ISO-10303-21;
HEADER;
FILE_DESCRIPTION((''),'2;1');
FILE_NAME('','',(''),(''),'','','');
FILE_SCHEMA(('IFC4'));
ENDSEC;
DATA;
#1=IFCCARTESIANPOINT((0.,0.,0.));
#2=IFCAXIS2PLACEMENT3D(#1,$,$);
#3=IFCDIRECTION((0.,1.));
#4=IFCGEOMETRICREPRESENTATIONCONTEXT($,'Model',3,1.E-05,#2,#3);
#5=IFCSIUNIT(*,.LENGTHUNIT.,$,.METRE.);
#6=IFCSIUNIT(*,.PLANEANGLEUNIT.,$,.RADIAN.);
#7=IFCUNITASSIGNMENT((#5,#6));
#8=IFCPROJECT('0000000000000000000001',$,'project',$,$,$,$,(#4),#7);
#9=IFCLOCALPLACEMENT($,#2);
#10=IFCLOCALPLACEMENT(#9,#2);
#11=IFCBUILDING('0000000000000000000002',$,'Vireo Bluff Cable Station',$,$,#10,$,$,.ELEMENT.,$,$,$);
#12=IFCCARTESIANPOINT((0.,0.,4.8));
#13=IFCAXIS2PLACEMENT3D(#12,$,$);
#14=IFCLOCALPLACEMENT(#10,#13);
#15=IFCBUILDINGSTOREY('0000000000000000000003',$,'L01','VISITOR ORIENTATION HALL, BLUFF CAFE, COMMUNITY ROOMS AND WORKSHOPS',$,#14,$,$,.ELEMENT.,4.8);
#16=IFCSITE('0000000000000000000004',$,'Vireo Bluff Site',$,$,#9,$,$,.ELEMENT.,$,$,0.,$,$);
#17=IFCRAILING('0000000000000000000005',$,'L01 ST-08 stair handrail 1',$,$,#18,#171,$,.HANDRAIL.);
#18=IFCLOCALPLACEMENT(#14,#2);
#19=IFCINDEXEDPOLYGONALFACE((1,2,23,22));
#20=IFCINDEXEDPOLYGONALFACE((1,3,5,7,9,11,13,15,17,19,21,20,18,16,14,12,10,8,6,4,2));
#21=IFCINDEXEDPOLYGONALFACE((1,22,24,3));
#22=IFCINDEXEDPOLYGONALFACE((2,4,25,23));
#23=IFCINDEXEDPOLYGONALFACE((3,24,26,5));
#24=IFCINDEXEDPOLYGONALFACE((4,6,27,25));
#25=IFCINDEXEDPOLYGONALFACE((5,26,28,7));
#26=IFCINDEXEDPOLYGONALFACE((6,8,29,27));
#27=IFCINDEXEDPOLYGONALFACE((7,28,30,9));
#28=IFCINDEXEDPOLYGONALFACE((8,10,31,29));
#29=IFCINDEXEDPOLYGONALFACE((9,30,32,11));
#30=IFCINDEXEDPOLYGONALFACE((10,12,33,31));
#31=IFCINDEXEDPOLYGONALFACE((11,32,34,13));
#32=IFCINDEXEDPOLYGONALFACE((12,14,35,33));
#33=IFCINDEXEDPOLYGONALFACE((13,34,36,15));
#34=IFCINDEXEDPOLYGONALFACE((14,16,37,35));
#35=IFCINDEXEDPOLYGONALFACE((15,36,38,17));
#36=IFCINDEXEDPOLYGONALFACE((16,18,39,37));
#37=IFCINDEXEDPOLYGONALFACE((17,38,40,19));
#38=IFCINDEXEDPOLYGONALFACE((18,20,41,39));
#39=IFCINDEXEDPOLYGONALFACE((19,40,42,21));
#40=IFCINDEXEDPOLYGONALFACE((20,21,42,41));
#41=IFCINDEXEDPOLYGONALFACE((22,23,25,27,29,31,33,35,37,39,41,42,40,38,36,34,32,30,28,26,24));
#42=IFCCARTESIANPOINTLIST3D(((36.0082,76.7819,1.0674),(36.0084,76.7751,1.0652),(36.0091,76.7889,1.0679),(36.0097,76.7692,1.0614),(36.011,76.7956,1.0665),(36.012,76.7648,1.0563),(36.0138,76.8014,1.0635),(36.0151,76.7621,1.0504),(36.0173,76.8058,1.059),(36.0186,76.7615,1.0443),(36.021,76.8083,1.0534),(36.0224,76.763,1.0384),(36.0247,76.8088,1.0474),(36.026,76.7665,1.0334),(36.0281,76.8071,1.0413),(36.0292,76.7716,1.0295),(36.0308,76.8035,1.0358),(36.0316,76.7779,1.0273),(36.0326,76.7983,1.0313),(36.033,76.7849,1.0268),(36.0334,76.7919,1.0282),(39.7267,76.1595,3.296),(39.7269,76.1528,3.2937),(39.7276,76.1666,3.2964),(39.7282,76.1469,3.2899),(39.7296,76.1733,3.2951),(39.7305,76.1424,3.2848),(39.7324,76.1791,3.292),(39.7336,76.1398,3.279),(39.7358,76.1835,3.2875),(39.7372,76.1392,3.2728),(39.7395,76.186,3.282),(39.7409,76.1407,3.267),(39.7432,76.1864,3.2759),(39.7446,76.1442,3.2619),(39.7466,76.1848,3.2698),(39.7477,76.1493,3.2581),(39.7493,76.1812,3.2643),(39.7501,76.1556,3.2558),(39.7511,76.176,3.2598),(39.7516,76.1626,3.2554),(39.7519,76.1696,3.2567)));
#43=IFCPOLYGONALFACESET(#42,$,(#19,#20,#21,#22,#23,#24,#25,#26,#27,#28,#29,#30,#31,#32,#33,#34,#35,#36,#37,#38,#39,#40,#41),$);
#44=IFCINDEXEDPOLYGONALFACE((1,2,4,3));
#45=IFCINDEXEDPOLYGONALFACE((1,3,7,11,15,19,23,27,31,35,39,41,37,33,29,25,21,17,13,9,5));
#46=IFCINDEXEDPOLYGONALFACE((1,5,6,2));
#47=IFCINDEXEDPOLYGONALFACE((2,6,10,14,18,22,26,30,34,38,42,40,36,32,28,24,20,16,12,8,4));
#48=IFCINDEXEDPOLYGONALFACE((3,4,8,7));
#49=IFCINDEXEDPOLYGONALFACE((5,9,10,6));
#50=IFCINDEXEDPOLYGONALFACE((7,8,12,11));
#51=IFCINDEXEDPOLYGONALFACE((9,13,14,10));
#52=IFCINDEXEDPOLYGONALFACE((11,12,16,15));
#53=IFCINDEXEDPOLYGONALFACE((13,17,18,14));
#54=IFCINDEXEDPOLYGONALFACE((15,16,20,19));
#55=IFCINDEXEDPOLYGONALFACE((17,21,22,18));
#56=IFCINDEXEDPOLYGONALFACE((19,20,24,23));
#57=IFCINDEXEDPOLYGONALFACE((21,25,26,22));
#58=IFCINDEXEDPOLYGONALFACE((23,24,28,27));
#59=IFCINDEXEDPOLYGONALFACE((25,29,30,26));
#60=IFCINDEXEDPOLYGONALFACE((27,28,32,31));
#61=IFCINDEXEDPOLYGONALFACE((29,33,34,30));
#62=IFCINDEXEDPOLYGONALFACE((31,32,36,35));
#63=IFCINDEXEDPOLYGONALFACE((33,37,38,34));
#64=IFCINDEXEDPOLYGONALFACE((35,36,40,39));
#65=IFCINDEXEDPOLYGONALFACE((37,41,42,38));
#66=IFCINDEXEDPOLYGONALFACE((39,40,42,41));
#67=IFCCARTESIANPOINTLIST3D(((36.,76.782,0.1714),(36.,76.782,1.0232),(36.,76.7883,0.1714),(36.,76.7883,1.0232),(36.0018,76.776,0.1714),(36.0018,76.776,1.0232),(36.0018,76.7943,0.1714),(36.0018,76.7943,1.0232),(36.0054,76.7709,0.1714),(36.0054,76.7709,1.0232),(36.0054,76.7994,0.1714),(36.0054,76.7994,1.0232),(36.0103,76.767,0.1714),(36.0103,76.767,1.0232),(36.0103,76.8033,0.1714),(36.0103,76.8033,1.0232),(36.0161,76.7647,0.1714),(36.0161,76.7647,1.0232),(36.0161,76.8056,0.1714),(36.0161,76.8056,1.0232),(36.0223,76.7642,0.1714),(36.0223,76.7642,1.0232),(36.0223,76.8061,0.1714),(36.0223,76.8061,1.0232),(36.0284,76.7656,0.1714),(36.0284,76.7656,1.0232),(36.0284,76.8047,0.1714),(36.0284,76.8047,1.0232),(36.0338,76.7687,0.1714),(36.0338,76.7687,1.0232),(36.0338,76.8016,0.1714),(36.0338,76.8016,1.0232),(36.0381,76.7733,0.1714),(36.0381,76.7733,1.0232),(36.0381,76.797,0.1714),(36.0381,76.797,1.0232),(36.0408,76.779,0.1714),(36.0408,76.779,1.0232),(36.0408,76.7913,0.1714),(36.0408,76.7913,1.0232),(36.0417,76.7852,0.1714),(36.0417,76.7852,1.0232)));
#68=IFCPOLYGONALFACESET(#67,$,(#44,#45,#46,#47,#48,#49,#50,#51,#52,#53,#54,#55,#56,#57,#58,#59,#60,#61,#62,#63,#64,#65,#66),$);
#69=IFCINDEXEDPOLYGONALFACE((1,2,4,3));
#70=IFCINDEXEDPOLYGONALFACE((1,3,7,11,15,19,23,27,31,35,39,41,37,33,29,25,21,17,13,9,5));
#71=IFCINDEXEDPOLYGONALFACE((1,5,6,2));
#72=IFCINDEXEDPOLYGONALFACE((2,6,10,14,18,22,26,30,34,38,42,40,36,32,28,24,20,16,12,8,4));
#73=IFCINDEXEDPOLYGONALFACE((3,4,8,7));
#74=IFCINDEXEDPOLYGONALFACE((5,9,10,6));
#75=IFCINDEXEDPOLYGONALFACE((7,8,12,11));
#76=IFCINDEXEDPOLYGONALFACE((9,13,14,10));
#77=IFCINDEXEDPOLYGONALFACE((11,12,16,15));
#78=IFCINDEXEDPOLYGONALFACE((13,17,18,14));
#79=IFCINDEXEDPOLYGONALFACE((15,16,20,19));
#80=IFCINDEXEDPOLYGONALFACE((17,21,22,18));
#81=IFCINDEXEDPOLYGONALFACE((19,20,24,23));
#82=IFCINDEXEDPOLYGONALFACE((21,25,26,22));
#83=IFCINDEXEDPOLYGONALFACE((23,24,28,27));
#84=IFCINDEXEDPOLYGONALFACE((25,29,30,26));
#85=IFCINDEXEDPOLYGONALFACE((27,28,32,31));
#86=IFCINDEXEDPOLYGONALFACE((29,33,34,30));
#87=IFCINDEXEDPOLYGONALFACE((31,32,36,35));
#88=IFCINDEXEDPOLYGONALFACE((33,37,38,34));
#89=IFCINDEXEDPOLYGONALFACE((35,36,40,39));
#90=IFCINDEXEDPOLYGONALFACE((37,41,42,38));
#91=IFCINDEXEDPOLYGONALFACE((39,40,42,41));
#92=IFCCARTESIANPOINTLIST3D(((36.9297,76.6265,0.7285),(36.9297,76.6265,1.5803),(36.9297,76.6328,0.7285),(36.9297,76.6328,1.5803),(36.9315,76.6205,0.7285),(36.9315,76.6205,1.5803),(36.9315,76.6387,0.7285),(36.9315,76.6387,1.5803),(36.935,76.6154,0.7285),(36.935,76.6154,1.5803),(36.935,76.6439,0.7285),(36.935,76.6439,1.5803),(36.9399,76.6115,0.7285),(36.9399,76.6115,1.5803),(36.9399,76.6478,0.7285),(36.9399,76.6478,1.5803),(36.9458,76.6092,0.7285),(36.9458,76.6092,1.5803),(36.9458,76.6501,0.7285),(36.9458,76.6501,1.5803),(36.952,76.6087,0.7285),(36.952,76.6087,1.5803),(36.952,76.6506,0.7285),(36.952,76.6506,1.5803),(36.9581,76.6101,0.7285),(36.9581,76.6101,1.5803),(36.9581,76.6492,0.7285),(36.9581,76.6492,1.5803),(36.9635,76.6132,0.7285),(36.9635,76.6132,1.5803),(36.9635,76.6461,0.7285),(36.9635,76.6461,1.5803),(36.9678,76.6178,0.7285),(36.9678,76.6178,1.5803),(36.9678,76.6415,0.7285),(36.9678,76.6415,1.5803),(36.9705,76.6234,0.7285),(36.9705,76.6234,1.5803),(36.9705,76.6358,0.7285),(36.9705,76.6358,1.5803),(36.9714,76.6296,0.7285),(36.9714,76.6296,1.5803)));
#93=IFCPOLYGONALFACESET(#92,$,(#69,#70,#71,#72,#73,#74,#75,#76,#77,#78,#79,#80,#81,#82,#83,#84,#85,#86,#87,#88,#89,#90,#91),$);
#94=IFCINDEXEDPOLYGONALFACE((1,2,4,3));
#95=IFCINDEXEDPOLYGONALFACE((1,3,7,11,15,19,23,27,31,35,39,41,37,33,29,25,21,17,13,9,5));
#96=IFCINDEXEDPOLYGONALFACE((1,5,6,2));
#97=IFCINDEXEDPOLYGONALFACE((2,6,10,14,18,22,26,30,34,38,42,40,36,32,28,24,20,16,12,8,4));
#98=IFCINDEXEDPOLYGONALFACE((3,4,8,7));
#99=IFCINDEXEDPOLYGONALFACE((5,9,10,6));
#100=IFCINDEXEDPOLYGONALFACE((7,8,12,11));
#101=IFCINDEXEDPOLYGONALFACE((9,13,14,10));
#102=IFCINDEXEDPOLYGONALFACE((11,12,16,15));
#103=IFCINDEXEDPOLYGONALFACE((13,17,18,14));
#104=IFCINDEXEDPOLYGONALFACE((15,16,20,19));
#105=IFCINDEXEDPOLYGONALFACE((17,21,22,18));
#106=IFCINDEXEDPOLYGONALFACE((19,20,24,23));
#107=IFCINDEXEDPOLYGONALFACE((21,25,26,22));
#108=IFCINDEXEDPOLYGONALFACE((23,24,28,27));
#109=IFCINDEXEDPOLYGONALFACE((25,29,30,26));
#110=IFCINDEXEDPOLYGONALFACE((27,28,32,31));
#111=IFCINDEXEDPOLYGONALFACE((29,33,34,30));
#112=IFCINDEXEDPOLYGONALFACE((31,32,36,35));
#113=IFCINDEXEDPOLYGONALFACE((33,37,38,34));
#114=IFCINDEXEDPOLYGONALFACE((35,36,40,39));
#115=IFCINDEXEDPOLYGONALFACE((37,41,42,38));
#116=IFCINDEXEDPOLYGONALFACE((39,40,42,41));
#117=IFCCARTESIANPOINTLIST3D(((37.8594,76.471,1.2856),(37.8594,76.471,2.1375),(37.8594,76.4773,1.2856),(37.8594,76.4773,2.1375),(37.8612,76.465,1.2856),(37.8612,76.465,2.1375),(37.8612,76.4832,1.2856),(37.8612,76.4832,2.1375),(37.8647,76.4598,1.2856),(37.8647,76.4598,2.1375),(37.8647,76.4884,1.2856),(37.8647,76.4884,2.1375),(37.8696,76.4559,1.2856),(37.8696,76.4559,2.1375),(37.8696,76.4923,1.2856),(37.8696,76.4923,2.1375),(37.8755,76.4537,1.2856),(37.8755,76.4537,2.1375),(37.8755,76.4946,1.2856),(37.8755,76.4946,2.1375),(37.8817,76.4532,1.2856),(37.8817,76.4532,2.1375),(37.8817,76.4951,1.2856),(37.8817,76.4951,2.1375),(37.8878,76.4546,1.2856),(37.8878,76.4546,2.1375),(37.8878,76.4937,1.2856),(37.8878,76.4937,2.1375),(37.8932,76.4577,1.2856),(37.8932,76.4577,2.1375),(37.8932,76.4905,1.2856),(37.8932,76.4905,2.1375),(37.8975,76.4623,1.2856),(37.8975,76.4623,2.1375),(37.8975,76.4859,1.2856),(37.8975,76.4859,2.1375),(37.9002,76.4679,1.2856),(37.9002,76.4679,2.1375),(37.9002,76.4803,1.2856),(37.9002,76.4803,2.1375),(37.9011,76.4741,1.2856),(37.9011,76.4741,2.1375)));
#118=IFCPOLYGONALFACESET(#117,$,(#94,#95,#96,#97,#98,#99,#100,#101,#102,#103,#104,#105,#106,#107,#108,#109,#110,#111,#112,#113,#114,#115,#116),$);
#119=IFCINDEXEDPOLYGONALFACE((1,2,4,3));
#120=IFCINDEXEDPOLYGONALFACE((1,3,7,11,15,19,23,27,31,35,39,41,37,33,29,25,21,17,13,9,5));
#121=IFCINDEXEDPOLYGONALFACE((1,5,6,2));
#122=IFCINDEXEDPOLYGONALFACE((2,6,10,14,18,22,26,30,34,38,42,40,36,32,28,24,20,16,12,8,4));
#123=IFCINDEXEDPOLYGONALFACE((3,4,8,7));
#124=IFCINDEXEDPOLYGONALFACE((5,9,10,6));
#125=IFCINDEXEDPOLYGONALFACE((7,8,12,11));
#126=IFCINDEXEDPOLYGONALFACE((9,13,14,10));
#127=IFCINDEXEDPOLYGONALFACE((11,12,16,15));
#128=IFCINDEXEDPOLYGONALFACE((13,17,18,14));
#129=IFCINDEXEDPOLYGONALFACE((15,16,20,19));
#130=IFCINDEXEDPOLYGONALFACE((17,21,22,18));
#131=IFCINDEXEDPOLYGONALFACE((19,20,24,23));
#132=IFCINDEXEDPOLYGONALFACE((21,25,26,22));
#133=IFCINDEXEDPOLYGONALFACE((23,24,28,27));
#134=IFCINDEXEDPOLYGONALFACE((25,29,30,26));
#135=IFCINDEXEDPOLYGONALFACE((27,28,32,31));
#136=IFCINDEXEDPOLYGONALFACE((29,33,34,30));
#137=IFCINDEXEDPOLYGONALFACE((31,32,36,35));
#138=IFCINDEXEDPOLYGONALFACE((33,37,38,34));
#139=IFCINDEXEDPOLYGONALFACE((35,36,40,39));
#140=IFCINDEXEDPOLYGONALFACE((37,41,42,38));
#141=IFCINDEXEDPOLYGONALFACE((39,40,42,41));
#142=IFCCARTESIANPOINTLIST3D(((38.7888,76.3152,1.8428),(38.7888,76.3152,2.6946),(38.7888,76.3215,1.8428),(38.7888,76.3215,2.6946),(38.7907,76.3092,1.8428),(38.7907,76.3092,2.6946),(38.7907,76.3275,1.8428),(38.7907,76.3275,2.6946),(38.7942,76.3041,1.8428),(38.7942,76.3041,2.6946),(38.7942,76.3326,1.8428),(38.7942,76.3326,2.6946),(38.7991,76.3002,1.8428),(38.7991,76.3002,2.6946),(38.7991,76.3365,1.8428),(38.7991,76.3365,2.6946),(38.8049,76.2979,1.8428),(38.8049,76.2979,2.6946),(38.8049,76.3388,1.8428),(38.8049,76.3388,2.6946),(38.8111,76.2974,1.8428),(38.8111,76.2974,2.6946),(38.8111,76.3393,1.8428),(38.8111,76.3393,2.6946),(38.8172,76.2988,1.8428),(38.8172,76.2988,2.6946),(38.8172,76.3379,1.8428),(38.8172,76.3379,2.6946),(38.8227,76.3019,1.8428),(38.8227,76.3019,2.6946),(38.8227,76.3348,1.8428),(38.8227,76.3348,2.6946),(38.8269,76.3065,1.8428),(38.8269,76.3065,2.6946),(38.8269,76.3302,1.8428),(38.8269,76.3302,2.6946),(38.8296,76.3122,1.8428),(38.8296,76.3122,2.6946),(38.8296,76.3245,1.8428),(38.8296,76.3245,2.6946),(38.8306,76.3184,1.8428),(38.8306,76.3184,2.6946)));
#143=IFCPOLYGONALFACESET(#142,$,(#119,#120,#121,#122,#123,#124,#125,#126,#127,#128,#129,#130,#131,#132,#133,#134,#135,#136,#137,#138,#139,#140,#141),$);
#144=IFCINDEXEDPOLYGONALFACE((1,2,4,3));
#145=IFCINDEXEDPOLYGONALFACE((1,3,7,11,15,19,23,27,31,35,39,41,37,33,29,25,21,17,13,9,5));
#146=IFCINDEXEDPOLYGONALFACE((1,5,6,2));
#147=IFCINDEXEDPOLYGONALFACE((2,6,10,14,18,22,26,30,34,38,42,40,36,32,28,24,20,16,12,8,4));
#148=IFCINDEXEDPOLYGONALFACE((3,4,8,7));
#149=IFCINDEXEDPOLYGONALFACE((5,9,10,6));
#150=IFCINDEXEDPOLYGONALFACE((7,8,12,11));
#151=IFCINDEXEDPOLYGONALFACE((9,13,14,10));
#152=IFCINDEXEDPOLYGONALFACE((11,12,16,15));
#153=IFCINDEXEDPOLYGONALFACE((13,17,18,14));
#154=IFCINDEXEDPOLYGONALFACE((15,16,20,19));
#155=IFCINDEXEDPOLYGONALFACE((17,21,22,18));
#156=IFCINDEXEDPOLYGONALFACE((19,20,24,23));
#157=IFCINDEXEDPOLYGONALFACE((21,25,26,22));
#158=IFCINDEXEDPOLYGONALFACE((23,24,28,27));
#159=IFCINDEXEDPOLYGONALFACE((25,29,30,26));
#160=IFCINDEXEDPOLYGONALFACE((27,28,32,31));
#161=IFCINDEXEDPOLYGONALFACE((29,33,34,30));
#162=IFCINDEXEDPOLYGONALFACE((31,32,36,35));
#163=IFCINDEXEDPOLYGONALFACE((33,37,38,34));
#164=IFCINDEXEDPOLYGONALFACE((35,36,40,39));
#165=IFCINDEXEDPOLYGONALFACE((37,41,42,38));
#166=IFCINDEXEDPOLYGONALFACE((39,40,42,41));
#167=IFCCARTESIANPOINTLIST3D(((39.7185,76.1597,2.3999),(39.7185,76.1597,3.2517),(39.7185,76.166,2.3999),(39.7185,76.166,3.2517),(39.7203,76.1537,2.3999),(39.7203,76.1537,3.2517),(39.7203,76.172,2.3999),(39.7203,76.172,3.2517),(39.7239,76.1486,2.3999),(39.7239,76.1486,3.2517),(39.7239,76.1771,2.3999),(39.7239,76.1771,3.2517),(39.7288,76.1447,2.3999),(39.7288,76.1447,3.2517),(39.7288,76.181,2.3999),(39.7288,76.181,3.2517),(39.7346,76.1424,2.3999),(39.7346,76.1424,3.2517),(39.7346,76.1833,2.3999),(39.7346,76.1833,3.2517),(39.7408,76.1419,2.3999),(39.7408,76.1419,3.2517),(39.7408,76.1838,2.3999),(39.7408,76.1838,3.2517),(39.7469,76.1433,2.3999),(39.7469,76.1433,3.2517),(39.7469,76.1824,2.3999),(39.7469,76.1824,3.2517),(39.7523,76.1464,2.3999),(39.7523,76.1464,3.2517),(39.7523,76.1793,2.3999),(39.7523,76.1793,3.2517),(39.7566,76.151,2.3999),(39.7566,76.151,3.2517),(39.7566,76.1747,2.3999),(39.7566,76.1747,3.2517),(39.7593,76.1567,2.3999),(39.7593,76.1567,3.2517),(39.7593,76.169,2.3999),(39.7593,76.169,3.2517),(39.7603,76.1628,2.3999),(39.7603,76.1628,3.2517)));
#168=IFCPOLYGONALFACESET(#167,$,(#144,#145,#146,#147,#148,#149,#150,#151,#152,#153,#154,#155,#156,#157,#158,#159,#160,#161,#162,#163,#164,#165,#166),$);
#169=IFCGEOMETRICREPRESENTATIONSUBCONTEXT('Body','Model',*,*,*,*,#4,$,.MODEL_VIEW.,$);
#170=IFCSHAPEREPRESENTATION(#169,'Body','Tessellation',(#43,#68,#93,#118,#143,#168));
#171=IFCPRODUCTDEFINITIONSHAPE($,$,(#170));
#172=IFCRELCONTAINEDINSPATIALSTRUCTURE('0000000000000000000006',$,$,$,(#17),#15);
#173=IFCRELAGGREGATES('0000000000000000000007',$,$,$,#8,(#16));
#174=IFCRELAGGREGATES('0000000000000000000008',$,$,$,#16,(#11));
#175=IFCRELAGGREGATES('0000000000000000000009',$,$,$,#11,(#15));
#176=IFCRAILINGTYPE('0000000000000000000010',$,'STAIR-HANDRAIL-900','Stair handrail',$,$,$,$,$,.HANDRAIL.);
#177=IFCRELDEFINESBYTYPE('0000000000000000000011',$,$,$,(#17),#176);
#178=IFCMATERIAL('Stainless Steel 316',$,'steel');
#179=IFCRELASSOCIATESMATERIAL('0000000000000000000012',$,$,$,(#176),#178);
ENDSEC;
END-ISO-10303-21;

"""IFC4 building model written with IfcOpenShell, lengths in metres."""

from ifc_helpers import new_model, si_unit, direction, frame, origin, origin_2d, place, context, subcontext, project, spatial, circle, extrude, material, type_object, element, save


model = new_model("IFC4")

# Units and contexts
model_context = context("Model", 3, precision=1e-05, world=origin(), true_north=direction((0.0, 1.0)))
body_context = subcontext(model_context, "Body", "Model", "MODEL_VIEW")
ifc_project = project(units=[si_unit("LENGTHUNIT", "METRE"), si_unit("PLANEANGLEUNIT", "RADIAN")], contexts=[model_context])

# Site, building, storey
site_placement = place(None, origin())
site = spatial("IfcSite", under=ifc_project, at=site_placement, Name="Vireo Bluff Site", CompositionType="ELEMENT", RefElevation=0.0)
building_placement = place(site_placement, origin())
building = spatial("IfcBuilding", under=site, at=building_placement, Name="Vireo Bluff Cable Station", CompositionType="ELEMENT")
storey_placement = place(building_placement, frame((0.0, 0.0, 4.8)))
storey = spatial("IfcBuildingStorey", under=building, at=storey_placement, Name="L01", Description="VISITOR ORIENTATION HALL, BLUFF CAFE, COMMUNITY ROOMS AND WORKSHOPS", CompositionType="ELEMENT", Elevation=4.8)

# Railing
ifc_material_1 = material(Name="Stainless Steel 316", Category="steel")
railing_type_1 = type_object("IfcRailingType", Name="STAIR-HANDRAIL-900", Description="Stair handrail", PredefinedType="HANDRAIL", material=ifc_material_1)
railing_1_placement = place(storey_placement, frame((36.0208, 76.7852, 0.1714)))
element("IfcRailing", 1, at=railing_1_placement, inside=storey, type_object=railing_type_1, Name="L01 ST-08 stair handrail 1", PredefinedType="HANDRAIL", context=body_context, shape_type="SweptSolid", body=[
    extrude(circle(Radius=0.0239, at=origin_2d()), frame((0.0, 0.0, 0.876), z_axis=(0.849053, -0.142094, 0.508841), x_axis=(0.165061, 0.986283, 0.0)), (0.0, 0.0, 1.0), 4.3796),
    extrude(circle(Radius=0.021, at=origin_2d()), origin(), (0.0, 0.0, 1.0), 0.8518),
    extrude(circle(Radius=0.021, at=origin_2d()), frame((0.9297, -0.1555, 0.5571)), (0.0, 0.0, 1.0), 0.8518),
    extrude(circle(Radius=0.021, at=origin_2d()), frame((1.8594, -0.311, 1.1143)), (0.0, 0.0, 1.0), 0.8518),
    extrude(circle(Radius=0.021, at=origin_2d()), frame((2.7888, -0.4668, 1.6714)), (0.0, 0.0, 1.0), 0.8518),
    extrude(circle(Radius=0.021, at=origin_2d()), frame((3.7185, -0.6223, 2.2285)), (0.0, 0.0, 1.0), 0.8518),
])

save(model, "model.ifc")
